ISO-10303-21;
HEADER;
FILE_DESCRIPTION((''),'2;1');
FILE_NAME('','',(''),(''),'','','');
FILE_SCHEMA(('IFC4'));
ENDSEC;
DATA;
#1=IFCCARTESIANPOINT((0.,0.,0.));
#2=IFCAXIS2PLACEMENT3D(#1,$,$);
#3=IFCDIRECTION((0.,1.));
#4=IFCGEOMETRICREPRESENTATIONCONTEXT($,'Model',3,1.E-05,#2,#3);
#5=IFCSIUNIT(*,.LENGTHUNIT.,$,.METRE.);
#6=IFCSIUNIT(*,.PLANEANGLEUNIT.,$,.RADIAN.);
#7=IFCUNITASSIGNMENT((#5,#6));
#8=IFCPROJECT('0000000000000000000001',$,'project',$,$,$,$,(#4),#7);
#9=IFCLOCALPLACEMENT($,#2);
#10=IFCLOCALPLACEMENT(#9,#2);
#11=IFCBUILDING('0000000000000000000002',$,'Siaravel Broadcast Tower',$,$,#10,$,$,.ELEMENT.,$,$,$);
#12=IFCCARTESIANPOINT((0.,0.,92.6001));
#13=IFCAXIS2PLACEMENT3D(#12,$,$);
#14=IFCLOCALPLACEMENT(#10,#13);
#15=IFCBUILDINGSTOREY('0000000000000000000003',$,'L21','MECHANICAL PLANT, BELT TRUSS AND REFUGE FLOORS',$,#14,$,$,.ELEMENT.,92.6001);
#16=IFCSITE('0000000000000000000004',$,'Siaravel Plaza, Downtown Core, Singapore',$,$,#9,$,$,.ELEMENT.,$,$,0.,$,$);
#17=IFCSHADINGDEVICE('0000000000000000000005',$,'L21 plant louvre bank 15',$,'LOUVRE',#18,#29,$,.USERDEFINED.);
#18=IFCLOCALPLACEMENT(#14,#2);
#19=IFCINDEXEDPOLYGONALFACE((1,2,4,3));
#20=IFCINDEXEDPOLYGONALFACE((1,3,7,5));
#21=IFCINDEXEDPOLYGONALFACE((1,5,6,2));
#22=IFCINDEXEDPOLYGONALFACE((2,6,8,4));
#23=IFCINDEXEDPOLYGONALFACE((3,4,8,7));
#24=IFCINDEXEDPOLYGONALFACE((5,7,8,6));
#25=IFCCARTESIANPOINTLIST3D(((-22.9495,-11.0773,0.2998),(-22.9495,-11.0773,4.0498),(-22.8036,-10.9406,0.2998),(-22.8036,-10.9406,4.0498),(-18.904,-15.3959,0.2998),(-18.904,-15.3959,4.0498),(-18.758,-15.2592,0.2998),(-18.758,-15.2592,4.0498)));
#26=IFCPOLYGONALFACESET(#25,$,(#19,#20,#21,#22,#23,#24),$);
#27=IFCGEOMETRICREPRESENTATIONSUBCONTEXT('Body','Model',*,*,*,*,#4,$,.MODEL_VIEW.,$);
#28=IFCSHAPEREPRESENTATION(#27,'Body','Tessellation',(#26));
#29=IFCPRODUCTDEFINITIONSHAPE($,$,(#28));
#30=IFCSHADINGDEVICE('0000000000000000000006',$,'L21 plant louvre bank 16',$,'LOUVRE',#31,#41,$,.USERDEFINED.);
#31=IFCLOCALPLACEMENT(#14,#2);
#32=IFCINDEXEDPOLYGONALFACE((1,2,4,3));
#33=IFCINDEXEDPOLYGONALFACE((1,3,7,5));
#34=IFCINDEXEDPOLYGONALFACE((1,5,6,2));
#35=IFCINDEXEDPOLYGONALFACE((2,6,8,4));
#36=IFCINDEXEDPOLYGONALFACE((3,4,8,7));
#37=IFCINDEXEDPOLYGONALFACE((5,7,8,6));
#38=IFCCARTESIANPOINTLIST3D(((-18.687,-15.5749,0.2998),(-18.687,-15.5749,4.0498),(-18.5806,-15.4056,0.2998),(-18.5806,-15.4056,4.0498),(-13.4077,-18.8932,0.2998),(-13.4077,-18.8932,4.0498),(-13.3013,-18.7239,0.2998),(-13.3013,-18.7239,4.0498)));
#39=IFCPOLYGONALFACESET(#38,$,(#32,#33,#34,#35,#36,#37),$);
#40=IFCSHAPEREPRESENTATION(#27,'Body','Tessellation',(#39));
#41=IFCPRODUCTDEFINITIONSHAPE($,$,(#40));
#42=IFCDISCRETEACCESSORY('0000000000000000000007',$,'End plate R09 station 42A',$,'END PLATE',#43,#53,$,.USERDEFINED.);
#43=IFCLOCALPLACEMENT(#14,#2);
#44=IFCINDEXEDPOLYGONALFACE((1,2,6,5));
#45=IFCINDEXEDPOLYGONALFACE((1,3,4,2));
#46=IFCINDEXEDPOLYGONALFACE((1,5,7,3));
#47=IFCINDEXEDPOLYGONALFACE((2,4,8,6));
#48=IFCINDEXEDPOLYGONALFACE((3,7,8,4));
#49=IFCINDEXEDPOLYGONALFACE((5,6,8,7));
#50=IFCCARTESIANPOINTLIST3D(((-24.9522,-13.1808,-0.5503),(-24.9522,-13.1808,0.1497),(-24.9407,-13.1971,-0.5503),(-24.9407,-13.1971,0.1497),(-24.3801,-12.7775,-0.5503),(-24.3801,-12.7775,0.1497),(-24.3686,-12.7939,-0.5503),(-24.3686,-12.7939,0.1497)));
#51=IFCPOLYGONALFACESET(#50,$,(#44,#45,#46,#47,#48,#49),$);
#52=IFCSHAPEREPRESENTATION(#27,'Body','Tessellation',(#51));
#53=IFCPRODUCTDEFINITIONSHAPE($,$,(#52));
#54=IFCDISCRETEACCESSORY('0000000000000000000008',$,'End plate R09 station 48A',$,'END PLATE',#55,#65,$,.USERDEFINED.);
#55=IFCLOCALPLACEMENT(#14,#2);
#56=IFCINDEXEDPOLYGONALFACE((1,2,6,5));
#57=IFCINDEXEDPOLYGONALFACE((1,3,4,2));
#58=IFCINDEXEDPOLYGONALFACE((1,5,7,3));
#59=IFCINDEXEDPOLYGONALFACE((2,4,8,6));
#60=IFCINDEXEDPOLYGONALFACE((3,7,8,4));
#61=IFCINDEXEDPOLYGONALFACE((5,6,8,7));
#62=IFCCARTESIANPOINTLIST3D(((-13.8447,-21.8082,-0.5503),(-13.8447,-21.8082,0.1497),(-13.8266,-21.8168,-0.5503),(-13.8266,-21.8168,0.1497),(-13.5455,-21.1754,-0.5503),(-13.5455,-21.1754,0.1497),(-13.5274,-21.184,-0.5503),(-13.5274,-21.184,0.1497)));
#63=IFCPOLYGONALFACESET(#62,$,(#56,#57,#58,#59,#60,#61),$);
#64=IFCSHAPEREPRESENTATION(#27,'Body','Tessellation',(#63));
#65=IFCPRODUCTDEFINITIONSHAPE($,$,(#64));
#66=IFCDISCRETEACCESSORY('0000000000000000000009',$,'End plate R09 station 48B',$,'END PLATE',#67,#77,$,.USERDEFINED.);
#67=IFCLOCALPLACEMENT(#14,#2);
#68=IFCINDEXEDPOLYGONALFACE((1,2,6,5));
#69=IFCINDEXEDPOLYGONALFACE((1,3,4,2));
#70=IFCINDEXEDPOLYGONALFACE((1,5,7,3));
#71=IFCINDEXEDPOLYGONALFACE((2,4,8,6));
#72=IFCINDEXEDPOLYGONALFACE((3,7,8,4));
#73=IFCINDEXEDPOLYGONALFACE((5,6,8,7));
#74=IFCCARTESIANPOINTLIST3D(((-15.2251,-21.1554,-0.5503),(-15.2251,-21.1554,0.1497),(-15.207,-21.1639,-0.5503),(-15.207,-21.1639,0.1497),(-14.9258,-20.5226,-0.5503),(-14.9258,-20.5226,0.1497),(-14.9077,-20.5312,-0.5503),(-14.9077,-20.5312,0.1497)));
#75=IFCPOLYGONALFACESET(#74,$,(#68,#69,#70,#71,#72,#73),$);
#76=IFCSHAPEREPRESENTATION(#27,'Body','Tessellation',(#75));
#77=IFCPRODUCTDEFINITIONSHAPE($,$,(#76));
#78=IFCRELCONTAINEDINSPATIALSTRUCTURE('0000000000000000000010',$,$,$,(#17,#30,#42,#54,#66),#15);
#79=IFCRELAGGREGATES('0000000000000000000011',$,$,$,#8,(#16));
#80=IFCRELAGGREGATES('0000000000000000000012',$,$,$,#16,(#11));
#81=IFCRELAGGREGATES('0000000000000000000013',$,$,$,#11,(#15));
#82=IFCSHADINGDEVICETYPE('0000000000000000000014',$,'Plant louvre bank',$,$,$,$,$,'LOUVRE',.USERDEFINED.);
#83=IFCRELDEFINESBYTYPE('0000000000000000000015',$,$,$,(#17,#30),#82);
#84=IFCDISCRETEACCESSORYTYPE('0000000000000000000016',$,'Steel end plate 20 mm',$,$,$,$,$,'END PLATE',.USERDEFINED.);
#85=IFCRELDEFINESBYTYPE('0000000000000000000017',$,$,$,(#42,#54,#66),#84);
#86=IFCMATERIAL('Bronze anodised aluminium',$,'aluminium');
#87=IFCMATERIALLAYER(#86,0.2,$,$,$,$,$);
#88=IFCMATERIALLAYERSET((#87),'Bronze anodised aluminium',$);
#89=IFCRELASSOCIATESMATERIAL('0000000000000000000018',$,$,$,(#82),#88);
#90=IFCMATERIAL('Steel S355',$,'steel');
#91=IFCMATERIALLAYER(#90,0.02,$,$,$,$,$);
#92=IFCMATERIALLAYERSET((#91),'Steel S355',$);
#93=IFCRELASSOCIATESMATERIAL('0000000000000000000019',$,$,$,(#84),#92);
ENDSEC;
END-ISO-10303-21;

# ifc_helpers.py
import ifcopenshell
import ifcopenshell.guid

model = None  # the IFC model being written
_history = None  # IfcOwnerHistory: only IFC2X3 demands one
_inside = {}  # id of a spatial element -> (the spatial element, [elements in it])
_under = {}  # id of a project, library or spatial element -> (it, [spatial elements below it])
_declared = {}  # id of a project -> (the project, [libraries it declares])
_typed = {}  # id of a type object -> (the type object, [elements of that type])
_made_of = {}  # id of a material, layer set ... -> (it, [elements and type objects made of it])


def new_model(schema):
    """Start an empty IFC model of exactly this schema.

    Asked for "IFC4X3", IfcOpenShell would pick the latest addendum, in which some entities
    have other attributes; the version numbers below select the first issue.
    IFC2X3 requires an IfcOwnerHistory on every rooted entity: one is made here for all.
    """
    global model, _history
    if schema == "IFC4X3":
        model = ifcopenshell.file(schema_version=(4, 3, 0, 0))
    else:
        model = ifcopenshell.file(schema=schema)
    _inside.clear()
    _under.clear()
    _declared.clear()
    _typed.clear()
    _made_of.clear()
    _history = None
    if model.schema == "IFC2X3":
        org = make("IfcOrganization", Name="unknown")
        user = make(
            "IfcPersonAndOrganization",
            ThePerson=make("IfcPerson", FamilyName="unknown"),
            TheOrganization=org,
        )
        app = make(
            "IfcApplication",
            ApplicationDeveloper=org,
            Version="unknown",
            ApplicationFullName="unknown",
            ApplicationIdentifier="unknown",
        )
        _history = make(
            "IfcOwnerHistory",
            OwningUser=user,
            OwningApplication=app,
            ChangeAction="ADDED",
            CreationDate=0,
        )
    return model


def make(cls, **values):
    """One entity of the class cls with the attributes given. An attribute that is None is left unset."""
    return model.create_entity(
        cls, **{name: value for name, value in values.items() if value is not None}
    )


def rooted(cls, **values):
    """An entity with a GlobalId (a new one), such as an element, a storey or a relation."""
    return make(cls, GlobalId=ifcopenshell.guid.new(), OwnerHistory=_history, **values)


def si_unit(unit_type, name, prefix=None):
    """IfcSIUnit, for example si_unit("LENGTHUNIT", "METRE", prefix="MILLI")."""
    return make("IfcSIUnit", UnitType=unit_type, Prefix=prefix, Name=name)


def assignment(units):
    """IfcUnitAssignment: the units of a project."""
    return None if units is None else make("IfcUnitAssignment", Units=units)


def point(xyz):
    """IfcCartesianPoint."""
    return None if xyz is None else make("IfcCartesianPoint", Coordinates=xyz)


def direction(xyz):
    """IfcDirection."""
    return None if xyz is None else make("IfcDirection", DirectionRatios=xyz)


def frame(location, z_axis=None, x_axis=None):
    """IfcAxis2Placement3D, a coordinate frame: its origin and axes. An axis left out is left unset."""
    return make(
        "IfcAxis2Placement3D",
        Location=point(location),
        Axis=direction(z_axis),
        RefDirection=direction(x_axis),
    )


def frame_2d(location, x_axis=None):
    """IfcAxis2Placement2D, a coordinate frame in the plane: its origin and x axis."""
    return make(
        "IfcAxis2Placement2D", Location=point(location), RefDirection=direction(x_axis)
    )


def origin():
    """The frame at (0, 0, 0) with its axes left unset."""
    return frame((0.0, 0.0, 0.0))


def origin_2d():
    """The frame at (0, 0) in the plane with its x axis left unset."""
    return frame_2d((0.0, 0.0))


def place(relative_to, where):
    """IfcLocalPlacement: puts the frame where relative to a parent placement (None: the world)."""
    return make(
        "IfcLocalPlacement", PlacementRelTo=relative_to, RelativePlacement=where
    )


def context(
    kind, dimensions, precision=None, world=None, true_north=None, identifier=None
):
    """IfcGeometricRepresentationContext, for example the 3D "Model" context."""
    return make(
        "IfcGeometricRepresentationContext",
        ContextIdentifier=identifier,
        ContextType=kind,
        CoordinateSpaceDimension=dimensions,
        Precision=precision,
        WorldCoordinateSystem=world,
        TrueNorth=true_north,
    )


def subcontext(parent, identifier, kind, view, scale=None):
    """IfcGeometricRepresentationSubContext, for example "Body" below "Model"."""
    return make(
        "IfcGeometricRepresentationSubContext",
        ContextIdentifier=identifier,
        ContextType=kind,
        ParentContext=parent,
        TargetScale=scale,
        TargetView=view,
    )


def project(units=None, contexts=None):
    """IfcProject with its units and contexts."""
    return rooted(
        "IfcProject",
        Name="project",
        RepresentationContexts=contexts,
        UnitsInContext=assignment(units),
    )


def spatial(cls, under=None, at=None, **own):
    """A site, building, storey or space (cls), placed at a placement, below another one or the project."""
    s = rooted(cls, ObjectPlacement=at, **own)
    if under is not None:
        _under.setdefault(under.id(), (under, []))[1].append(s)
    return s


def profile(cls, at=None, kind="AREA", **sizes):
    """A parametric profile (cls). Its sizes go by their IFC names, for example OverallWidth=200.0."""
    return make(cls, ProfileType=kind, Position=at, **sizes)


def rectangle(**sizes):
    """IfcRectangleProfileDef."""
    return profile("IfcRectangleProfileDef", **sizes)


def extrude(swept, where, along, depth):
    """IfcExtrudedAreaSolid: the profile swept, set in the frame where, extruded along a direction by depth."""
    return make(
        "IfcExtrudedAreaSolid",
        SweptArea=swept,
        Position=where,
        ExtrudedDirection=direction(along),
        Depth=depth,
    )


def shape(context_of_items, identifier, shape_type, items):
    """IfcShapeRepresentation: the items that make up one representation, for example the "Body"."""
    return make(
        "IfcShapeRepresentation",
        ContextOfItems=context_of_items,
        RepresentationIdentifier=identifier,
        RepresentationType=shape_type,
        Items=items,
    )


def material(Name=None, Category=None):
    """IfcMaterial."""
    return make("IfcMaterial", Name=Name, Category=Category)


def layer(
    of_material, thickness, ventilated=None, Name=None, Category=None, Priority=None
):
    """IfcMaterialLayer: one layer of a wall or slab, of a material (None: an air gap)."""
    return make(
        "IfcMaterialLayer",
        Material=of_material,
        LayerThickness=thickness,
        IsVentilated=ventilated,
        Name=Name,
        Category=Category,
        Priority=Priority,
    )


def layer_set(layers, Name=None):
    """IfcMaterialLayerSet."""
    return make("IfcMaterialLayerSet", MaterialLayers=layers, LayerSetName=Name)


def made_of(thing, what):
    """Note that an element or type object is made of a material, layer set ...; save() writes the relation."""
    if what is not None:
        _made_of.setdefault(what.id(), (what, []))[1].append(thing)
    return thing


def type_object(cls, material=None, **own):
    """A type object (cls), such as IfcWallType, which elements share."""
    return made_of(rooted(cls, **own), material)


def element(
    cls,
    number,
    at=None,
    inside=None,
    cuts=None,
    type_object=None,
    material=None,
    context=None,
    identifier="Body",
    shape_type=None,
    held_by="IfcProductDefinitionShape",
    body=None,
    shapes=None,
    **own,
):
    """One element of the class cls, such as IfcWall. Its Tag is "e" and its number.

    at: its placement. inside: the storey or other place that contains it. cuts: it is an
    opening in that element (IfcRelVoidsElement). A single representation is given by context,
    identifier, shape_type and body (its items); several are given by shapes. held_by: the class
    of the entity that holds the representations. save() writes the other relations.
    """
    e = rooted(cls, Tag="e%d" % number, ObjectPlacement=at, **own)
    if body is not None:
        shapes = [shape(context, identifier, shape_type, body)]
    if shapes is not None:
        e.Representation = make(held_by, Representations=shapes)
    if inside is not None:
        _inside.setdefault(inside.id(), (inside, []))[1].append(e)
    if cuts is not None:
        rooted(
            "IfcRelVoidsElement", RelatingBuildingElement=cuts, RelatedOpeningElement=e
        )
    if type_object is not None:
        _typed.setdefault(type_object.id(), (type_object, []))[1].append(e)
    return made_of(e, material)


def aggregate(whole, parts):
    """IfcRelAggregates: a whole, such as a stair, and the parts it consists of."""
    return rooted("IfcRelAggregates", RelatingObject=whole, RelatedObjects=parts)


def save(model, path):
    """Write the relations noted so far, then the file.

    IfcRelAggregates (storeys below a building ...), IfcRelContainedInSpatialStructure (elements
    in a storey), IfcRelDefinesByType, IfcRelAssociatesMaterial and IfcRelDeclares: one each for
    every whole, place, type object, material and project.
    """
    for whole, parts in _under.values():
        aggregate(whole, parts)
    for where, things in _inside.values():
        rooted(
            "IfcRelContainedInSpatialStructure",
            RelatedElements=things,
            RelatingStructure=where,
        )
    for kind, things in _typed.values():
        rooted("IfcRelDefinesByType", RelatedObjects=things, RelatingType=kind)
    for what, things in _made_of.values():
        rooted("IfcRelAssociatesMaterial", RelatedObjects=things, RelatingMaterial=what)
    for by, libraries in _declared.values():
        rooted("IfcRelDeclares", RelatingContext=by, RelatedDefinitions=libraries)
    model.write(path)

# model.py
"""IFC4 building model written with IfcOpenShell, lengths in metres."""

from ifc_helpers import new_model, si_unit, direction, frame, origin, origin_2d, place, context, subcontext, project, spatial, rectangle, extrude, material, layer, layer_set, type_object, element, save


model = new_model("IFC4")

# Units and contexts
model_context = context("Model", 3, precision=1e-05, world=origin(), true_north=direction((0.0, 1.0)))
body_context = subcontext(model_context, "Body", "Model", "MODEL_VIEW")
ifc_project = project(units=[si_unit("LENGTHUNIT", "METRE"), si_unit("PLANEANGLEUNIT", "RADIAN")], contexts=[model_context])

# Site, building, storey
site_placement = place(None, origin())
site = spatial("IfcSite", under=ifc_project, at=site_placement, Name="Siaravel Plaza, Downtown Core, Singapore", CompositionType="ELEMENT", RefElevation=0.0)
building_placement = place(site_placement, origin())
building = spatial("IfcBuilding", under=site, at=building_placement, Name="Siaravel Broadcast Tower", CompositionType="ELEMENT")
storey_placement = place(building_placement, frame((0.0, 0.0, 92.6001)))
storey = spatial("IfcBuildingStorey", under=building, at=storey_placement, Name="L21", Description="MECHANICAL PLANT, BELT TRUSS AND REFUGE FLOORS", CompositionType="ELEMENT", Elevation=92.6001)

# Shared definitions
ifc_material_1 = material(Name="Steel S355", Category="steel")

# Shading devices
ifc_material_2 = material(Name="Bronze anodised aluminium", Category="aluminium")
ifc_layer_1 = layer(ifc_material_2, 0.2)
ifc_layer_set_1 = layer_set([ifc_layer_1], Name="Bronze anodised aluminium")
shading_device_type = type_object("IfcShadingDeviceType", Name="Plant louvre bank", ElementType="LOUVRE", PredefinedType="USERDEFINED", material=ifc_layer_set_1)
shading_device_1_placement = place(storey_placement, frame((-20.8538, -13.1682, 0.2998), z_axis=(0.0, 0.0, 1.0), x_axis=(0.683655, -0.729806, 0.0)))
element("IfcShadingDevice", 1, at=shading_device_1_placement, inside=storey, type_object=shading_device_type, Name="L21 plant louvre bank 15", ObjectType="LOUVRE", PredefinedType="USERDEFINED", context=body_context, shape_type="SweptSolid", body=[
    extrude(rectangle(XDim=5.9175, YDim=0.2, at=origin_2d()), origin(), (0.0, 0.0, 1.0), 3.75),
])
shading_device_2_placement = place(storey_placement, frame((-15.9941, -17.1494, 0.2998), z_axis=(0.0, 0.0, 1.0), x_axis=(0.84665, -0.532149, 0.0)))
element("IfcShadingDevice", 2, at=shading_device_2_placement, inside=storey, type_object=shading_device_type, Name="L21 plant louvre bank 16", ObjectType="LOUVRE", PredefinedType="USERDEFINED", context=body_context, shape_type="SweptSolid", body=[
    extrude(rectangle(XDim=6.2356, YDim=0.2, at=origin_2d()), origin(), (0.0, 0.0, 1.0), 3.75),
])

# Discrete accessories
ifc_layer_2 = layer(ifc_material_1, 0.02)
ifc_layer_set_2 = layer_set([ifc_layer_2], Name="Steel S355")
discrete_accessory_type = type_object("IfcDiscreteAccessoryType", Name="Steel end plate 20 mm", ElementType="END PLATE", PredefinedType="USERDEFINED", material=ifc_layer_set_2)
for number, where, z_axis, x_axis, name in (
    (3, (-24.6604, -12.9873, -0.5503), (0.0, 0.0, 1.0), (0.576119, -0.817366, 0.0), "End plate R09 station 42A"),
    (4, (-13.686, -21.4961, -0.5503), (0.0, 0.0, 1.0), (0.904006, -0.427519, 0.0), "End plate R09 station 48A"),
    (5, (-15.0664, -20.8433, -0.5503), (0.0, 0.0, 1.0), (0.904006, -0.427519, 0.0), "End plate R09 station 48B"),
):
    element("IfcDiscreteAccessory", number, at=place(storey_placement, frame(where, z_axis=z_axis, x_axis=x_axis)), inside=storey, type_object=discrete_accessory_type, Name=name, ObjectType="END PLATE", PredefinedType="USERDEFINED", context=body_context, shape_type="SweptSolid", body=[
        extrude(rectangle(XDim=0.02, YDim=0.7, at=origin_2d()), origin(), (0.0, 0.0, 1.0), 0.7),
    ])

save(model, "model.ifc")
